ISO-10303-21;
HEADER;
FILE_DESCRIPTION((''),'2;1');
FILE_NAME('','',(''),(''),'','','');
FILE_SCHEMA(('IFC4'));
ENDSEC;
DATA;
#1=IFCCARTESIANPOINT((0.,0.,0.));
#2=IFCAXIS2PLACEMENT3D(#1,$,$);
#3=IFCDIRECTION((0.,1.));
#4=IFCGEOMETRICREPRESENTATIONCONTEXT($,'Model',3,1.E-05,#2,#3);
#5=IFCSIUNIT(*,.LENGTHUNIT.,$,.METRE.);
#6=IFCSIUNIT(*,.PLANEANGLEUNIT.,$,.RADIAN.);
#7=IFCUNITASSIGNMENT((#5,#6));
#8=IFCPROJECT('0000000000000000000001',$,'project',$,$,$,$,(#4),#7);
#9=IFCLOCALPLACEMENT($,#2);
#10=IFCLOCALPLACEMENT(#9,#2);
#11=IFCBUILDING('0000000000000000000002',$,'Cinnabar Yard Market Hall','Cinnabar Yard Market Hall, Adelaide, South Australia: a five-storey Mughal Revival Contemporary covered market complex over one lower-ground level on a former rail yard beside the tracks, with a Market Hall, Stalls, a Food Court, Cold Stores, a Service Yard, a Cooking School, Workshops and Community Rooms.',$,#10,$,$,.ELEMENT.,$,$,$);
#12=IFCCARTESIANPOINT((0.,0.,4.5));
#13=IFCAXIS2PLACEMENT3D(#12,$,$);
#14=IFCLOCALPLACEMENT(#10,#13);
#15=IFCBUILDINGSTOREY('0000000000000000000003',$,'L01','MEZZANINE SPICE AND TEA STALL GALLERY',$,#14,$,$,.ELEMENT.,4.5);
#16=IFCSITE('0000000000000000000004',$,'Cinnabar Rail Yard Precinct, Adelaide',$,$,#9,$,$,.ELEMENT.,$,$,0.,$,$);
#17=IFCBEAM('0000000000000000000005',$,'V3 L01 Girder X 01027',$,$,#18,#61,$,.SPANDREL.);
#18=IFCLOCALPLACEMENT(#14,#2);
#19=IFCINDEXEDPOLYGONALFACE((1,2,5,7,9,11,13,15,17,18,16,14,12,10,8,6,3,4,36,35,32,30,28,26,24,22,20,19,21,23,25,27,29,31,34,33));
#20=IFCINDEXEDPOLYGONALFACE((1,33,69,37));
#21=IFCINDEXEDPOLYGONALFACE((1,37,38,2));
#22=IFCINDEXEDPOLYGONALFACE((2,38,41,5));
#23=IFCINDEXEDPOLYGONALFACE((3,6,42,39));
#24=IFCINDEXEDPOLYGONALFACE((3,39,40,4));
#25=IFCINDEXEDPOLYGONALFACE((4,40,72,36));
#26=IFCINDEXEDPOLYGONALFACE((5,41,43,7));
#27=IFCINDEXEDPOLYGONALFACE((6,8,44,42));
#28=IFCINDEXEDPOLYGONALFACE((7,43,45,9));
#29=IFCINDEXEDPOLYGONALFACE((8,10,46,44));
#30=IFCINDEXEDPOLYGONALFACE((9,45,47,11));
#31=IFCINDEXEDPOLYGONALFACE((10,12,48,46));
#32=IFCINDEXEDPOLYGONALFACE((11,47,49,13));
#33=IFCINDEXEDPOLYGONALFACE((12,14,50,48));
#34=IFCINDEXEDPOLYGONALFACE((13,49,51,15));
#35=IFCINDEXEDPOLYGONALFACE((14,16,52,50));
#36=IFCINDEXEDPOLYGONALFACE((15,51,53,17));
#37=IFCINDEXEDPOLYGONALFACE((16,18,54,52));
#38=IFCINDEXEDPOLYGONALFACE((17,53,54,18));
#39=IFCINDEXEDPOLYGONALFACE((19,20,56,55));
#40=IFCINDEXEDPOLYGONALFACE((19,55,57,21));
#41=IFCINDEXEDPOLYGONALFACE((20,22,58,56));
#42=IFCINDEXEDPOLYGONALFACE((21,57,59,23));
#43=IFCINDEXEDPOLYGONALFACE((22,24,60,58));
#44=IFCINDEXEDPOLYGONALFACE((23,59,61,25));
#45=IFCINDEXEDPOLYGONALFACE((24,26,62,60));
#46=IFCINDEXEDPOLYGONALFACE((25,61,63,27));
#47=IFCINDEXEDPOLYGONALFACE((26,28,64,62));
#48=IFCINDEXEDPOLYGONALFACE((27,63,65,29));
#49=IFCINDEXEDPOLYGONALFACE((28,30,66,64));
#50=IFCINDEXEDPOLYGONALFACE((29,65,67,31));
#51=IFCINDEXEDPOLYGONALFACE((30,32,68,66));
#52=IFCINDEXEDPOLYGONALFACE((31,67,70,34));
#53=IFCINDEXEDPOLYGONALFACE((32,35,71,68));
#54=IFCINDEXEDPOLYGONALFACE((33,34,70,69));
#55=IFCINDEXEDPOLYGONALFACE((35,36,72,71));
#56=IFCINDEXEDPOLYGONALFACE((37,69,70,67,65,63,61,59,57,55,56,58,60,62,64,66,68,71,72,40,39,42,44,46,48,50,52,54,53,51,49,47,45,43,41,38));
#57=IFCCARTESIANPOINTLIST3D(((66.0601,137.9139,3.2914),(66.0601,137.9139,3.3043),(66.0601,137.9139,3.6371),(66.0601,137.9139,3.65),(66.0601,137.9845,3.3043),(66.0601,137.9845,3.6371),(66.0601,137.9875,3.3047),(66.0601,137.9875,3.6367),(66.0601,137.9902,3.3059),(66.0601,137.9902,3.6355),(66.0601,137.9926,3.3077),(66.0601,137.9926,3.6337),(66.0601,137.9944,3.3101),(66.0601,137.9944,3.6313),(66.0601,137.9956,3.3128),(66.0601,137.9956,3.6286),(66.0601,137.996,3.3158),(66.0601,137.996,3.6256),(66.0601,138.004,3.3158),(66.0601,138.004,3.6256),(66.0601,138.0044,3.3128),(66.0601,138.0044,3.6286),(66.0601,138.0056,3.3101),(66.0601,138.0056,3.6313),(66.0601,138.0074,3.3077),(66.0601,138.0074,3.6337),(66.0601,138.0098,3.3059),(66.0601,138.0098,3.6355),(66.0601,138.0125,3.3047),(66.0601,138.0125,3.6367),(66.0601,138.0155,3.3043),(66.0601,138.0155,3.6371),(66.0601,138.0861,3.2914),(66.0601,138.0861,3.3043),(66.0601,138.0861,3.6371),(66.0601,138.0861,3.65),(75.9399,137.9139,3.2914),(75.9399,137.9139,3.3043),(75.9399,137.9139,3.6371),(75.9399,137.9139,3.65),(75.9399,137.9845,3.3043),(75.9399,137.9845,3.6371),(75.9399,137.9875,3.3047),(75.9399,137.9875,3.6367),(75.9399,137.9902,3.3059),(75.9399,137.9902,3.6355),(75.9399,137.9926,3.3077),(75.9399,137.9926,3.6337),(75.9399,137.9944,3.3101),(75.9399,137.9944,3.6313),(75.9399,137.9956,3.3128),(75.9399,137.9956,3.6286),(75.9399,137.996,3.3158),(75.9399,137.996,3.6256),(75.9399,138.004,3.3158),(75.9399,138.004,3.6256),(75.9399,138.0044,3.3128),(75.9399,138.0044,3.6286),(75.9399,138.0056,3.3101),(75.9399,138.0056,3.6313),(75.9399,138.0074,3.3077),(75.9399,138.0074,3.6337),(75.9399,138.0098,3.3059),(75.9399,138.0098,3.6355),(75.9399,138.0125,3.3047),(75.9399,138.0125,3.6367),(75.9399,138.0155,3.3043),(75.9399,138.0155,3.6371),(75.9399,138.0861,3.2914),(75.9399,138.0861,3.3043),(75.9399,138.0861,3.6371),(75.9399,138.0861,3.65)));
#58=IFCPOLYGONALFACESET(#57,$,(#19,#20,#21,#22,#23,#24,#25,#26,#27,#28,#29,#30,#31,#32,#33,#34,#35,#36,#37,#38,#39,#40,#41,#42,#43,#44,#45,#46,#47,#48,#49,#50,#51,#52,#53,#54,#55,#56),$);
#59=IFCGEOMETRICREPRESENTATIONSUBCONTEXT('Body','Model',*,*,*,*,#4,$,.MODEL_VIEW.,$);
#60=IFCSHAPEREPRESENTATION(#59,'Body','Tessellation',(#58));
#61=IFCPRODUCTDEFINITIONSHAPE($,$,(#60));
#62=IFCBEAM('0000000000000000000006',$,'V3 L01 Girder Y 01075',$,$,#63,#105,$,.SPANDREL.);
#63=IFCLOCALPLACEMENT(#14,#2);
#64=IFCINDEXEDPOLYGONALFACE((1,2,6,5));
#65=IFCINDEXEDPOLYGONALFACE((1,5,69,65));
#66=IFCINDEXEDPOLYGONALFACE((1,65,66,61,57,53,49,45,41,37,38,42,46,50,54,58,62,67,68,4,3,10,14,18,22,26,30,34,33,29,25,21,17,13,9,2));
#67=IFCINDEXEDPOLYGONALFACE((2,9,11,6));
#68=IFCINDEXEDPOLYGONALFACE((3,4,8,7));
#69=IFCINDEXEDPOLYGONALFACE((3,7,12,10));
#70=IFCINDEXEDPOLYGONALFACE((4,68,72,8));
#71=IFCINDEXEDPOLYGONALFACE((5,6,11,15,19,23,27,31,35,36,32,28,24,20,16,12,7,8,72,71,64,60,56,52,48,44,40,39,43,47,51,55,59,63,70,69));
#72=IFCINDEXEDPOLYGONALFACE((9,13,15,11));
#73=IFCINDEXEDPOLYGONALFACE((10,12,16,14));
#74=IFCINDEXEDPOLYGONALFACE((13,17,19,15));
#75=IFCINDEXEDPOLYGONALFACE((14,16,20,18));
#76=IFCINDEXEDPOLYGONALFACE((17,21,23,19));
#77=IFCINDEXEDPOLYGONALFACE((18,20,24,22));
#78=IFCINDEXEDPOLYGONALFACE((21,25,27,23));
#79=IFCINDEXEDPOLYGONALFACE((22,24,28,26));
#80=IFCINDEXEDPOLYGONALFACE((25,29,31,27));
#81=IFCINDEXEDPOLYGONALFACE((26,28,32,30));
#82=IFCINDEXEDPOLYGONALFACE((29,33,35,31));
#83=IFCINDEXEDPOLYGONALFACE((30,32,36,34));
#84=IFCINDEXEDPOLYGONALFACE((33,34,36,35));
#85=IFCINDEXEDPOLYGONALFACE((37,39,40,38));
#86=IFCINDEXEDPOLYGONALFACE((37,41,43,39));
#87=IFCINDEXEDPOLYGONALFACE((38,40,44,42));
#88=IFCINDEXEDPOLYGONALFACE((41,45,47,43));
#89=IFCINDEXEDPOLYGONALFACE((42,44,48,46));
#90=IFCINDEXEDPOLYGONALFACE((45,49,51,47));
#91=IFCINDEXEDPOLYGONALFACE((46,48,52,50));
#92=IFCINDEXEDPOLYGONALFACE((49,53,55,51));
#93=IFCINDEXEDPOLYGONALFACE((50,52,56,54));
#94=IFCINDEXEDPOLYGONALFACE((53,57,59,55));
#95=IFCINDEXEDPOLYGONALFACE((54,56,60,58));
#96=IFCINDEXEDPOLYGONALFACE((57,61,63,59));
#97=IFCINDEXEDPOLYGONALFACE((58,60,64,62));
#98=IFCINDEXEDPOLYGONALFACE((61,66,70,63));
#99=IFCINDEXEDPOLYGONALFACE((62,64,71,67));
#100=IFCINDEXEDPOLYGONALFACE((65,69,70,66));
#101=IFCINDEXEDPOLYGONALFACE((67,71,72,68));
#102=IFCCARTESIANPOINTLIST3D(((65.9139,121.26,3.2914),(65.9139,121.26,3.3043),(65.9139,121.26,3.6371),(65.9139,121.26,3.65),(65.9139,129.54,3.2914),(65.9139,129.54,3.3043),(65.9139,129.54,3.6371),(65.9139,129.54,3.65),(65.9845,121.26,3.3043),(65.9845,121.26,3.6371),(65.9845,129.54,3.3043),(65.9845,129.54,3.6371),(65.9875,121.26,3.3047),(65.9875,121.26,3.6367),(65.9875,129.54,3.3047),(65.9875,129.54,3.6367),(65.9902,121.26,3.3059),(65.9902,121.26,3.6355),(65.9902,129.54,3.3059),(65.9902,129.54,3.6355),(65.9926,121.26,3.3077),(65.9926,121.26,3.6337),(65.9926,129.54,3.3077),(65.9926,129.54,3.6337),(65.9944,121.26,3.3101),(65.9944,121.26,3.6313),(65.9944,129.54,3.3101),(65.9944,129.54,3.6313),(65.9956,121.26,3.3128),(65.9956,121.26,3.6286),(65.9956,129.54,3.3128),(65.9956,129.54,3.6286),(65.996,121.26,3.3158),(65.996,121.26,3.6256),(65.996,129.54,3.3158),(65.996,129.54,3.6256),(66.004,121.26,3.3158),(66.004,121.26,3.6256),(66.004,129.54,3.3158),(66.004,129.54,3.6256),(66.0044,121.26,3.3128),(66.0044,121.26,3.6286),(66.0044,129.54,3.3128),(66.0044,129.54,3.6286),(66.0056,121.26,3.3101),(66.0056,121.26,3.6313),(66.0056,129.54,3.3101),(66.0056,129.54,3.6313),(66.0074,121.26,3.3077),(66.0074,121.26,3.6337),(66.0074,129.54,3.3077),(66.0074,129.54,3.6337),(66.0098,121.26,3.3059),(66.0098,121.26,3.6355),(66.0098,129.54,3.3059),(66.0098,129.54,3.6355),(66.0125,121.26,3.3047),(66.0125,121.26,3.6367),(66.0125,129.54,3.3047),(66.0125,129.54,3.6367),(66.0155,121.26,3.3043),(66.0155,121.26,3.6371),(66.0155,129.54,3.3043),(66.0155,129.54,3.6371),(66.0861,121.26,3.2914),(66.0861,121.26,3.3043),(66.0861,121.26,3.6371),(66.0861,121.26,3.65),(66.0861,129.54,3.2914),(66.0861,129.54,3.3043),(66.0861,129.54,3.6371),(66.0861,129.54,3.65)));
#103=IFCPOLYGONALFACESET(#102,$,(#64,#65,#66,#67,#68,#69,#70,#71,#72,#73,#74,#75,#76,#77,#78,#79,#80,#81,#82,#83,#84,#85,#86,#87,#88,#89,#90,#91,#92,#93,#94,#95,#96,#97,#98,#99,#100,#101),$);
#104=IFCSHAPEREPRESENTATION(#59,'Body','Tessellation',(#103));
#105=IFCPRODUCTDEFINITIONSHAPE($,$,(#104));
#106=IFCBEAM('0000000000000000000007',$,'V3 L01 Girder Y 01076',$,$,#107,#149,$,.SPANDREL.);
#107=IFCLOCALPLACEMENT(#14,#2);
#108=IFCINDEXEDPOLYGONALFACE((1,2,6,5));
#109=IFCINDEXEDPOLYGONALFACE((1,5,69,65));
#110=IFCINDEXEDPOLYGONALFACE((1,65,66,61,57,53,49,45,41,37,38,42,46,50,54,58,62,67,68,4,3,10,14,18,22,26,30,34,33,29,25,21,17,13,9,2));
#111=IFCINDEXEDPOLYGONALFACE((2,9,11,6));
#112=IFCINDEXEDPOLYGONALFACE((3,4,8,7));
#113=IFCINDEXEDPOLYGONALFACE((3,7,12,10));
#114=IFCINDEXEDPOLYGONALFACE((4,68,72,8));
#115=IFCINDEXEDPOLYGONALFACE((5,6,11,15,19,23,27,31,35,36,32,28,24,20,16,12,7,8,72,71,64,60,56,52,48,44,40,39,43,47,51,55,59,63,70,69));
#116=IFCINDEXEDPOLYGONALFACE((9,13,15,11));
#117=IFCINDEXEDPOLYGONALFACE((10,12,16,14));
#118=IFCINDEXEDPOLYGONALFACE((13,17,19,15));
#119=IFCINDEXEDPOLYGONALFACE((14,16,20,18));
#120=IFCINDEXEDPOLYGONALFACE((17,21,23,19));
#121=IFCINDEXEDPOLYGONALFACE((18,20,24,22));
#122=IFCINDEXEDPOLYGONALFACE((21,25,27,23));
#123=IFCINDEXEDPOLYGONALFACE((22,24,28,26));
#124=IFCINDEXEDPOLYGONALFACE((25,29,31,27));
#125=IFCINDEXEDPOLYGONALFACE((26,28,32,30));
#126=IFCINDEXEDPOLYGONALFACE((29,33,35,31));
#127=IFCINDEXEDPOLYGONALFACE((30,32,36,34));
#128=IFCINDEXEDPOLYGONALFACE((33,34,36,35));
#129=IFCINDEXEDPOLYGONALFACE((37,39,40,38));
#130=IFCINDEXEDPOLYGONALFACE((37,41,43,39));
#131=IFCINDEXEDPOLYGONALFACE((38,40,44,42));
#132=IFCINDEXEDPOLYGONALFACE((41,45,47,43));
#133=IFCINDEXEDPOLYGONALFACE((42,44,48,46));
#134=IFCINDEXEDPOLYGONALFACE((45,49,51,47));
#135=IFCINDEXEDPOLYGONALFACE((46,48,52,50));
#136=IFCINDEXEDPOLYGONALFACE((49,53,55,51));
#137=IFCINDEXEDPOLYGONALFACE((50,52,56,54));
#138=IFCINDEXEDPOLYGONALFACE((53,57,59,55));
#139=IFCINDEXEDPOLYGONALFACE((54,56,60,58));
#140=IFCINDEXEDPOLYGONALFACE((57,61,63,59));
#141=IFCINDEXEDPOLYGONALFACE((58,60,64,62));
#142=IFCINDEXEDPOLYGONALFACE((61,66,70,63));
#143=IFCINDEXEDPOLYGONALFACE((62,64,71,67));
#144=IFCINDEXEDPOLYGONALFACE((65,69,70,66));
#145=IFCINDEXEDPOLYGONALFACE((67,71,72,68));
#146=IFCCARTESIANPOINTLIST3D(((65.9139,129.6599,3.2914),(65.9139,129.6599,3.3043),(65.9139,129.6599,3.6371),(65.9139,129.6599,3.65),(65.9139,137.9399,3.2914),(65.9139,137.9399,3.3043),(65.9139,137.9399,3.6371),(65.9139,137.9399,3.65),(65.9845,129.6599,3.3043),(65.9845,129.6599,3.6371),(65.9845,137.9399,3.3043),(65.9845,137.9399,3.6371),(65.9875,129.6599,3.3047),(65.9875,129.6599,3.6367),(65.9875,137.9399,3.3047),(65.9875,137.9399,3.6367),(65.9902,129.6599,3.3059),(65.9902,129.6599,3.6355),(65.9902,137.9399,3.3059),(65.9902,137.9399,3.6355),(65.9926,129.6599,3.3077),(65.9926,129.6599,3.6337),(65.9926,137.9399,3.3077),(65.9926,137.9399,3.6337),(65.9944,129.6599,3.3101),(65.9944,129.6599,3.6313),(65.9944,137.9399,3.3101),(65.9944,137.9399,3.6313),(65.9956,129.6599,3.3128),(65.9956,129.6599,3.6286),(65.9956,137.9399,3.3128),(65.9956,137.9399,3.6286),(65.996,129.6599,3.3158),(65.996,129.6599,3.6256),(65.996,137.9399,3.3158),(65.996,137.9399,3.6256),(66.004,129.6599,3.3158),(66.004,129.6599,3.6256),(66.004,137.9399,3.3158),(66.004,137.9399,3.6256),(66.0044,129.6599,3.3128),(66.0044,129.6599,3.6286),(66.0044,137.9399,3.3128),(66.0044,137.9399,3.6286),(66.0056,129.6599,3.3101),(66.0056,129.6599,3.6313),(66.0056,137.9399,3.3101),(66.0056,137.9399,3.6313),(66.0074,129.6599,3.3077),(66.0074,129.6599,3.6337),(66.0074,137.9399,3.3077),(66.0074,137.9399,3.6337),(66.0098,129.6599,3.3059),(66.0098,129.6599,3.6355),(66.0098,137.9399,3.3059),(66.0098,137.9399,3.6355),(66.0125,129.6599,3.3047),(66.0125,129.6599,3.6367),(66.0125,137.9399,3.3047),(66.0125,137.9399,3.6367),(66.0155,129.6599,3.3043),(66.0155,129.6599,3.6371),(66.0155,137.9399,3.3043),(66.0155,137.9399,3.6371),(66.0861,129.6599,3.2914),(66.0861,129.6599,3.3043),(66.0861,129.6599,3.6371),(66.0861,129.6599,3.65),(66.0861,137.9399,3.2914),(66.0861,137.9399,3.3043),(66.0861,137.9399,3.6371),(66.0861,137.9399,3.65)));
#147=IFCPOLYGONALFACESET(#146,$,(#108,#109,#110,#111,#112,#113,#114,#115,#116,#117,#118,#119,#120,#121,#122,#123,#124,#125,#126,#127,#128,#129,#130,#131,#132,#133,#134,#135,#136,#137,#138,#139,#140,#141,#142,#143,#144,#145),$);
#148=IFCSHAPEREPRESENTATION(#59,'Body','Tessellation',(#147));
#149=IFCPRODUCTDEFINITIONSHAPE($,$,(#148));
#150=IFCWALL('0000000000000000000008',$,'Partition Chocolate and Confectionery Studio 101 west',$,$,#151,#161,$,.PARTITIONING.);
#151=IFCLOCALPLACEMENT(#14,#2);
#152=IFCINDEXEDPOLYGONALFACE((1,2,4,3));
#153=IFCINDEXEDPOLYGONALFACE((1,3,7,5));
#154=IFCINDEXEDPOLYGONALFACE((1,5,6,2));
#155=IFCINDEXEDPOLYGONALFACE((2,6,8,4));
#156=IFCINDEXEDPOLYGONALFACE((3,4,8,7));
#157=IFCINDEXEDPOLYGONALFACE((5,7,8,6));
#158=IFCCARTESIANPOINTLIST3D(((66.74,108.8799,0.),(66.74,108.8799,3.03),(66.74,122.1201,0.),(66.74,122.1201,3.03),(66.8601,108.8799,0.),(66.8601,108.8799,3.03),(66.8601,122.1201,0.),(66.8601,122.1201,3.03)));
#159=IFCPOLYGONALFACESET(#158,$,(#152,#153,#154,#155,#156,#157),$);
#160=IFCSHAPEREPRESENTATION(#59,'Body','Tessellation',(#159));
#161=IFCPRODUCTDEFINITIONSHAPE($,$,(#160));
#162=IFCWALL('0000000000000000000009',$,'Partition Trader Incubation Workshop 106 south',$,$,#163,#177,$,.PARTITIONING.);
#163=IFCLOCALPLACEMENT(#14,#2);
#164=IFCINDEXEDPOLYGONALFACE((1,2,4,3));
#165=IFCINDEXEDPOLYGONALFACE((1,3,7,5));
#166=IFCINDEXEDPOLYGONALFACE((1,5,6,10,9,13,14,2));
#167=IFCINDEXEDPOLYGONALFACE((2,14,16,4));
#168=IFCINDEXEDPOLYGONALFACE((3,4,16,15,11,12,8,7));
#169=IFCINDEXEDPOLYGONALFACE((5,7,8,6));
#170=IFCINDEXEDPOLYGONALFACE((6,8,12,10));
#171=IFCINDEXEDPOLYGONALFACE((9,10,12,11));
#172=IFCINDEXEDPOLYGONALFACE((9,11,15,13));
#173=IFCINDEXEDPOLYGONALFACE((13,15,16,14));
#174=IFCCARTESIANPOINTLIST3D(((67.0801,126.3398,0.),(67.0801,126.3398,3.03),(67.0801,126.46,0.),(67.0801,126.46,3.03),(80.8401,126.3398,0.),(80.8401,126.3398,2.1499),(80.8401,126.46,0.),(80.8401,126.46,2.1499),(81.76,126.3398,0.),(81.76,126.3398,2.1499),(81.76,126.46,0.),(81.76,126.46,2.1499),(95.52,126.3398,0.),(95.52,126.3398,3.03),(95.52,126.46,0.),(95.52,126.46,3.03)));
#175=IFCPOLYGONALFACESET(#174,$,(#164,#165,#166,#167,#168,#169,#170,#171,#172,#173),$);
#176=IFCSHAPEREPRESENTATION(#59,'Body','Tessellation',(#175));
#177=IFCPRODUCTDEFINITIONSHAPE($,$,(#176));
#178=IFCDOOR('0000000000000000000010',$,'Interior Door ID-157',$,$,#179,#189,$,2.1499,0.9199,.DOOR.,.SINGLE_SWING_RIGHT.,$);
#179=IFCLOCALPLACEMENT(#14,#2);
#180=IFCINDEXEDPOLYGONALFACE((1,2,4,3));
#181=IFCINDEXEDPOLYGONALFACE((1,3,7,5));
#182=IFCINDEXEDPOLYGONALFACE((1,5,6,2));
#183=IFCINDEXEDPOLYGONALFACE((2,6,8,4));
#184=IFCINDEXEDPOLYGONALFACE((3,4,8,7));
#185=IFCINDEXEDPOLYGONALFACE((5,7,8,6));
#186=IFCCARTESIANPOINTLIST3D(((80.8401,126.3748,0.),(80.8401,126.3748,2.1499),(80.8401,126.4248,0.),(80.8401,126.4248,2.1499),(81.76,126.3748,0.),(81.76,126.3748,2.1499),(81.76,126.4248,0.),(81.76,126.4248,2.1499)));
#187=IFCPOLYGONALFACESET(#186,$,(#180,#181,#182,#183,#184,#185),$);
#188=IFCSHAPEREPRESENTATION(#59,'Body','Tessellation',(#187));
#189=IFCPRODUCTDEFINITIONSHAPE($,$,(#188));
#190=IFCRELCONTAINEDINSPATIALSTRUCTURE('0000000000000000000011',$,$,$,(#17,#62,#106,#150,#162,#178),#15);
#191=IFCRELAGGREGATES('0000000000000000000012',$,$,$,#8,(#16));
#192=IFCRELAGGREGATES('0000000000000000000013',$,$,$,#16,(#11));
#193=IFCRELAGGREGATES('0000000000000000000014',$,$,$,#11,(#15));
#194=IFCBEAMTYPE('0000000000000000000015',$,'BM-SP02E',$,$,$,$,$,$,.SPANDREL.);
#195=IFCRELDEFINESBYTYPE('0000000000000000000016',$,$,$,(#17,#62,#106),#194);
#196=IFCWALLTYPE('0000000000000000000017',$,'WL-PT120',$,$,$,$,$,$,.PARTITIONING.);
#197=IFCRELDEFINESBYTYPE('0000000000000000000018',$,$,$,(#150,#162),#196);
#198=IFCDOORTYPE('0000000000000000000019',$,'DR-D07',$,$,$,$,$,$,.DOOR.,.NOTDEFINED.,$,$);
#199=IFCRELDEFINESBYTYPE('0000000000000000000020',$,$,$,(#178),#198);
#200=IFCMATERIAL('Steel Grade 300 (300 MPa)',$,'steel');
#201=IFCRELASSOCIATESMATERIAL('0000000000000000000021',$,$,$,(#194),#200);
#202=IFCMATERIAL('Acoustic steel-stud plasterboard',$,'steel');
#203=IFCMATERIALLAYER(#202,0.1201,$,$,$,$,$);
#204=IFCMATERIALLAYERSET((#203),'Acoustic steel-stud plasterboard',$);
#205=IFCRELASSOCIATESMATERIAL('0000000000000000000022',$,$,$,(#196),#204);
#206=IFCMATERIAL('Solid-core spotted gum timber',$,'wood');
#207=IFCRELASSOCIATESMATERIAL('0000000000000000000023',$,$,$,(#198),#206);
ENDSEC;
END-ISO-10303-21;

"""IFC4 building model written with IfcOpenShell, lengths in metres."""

from ifc_helpers import new_model, si_unit, direction, frame, frame_2d, origin, origin_2d_with_axis, place, context, subcontext, project, spatial, rectangle, i_section, extrude, material, layer, layer_set, material_profile, profile_set, type_object, element, fill, save


model = new_model("IFC4")

# Units and contexts
model_context = context("Model", 3, precision=1e-05, world=origin(), true_north=direction((0.0, 1.0)))
body_context = subcontext(model_context, "Body", "Model", "MODEL_VIEW")
ifc_project = project(units=[si_unit("LENGTHUNIT", "METRE"), si_unit("PLANEANGLEUNIT", "RADIAN")], contexts=[model_context])

# Site, building, storey
site_placement = place(None, origin())
site = spatial("IfcSite", under=ifc_project, at=site_placement, Name="Cinnabar Rail Yard Precinct, Adelaide", CompositionType="ELEMENT", RefElevation=0.0)
building_placement = place(site_placement, origin())
building = spatial("IfcBuilding", under=site, at=building_placement, Name="Cinnabar Yard Market Hall", Description="Cinnabar Yard Market Hall, Adelaide, South Australia: a five-storey Mughal Revival Contemporary covered market complex over one lower-ground level on a former rail yard beside the tracks, with a Market Hall, Stalls, a Food Court, Cold Stores, a Service Yard, a Cooking School, Workshops and Community Rooms.", CompositionType="ELEMENT")
storey_placement = place(building_placement, frame((0.0, 0.0, 4.5)))
storey = spatial("IfcBuildingStorey", under=building, at=storey_placement, Name="L01", Description="MEZZANINE SPICE AND TEA STALL GALLERY", CompositionType="ELEMENT", Elevation=4.5)

# Shared definitions
ifc_material_1 = material(Name="Steel Grade 300 (300 MPa)", Category="steel")

# Beams
ifc_material_profile_1 = material_profile(ifc_material_1, i_section(OverallWidth=0.1721, OverallDepth=0.3586, WebThickness=0.0081, FlangeThickness=0.0129, FilletRadius=0.0115, at=origin_2d_with_axis()), Name="360UB56.7")
ifc_profile_set_1 = profile_set([ifc_material_profile_1], Name="Steel Grade 300 (300 MPa)")
beam_type_1 = type_object("IfcBeamType", Name="BM-SP02E", PredefinedType="SPANDREL", material=ifc_profile_set_1)
beam_1_placement = place(storey_placement, frame((66.0601, 138.0, 3.4707), z_axis=(1.0, 0.0, 0.0), x_axis=(0.0, 1.0, 0.0)))
element("IfcBeam", 1, at=beam_1_placement, inside=storey, type_object=beam_type_1, Name="V3 L01 Girder X 01027", PredefinedType="SPANDREL", context=body_context, shape_type="SweptSolid", body=[
    extrude(i_section(OverallWidth=0.1721, OverallDepth=0.3586, WebThickness=0.0081, FlangeThickness=0.0129, FilletRadius=0.0115, at=origin_2d_with_axis()), origin(), (0.0, 0.0, 1.0), 9.8799),
])
for number, where, z_axis, x_axis, name in (
    (2, (66.0, 121.26, 3.4707), (0.0, 1.0, 0.0), (-1.0, 0.0, 0.0), "V3 L01 Girder Y 01075"),
    (3, (66.0, 129.6599, 3.4707), (0.0, 1.0, 0.0), (-1.0, 0.0, 0.0), "V3 L01 Girder Y 01076"),
):
    element("IfcBeam", number, at=place(storey_placement, frame(where, z_axis=z_axis, x_axis=x_axis)), inside=storey, type_object=beam_type_1, Name=name, PredefinedType="SPANDREL", context=body_context, shape_type="SweptSolid", body=[
        extrude(i_section(OverallWidth=0.1721, OverallDepth=0.3586, WebThickness=0.0081, FlangeThickness=0.0129, FilletRadius=0.0115, at=origin_2d_with_axis()), origin(), (0.0, 0.0, 1.0), 8.28),
    ])

# Wall
ifc_material_2 = material(Name="Acoustic steel-stud plasterboard", Category="steel")
ifc_layer_1 = layer(ifc_material_2, 0.1201)
ifc_layer_set_1 = layer_set([ifc_layer_1], Name="Acoustic steel-stud plasterboard")
wall_type_1 = type_object("IfcWallType", Name="WL-PT120", PredefinedType="PARTITIONING", material=ifc_layer_set_1)
wall_1_placement = place(storey_placement, frame((66.8, 122.1201, 0.0), z_axis=(0.0, 0.0, 1.0), x_axis=(0.0, -1.0, 0.0)))
element("IfcWall", 4, at=wall_1_placement, inside=storey, type_object=wall_type_1, Name="Partition Chocolate and Confectionery Studio 101 west", PredefinedType="PARTITIONING", context=body_context, shape_type="SweptSolid", body=[
    extrude(rectangle(XDim=13.2402, YDim=0.1201, at=frame_2d((6.6201, 0.0), x_axis=(1.0, 0.0))), origin(), (0.0, 0.0, 1.0), 3.03),
])

# Wall, opening, door
wall_2_placement = place(storey_placement, frame((67.0801, 126.3999, 0.0), z_axis=(0.0, 0.0, 1.0), x_axis=(1.0, 0.0, 0.0)))
wall_2 = element("IfcWall", 5, at=wall_2_placement, inside=storey, type_object=wall_type_1, Name="Partition Trader Incubation Workshop 106 south", PredefinedType="PARTITIONING", context=body_context, shape_type="SweptSolid", body=[
    extrude(rectangle(XDim=28.4399, YDim=0.1201, at=frame_2d((14.22, 0.0), x_axis=(1.0, 0.0))), origin(), (0.0, 0.0, 1.0), 3.03),
])
opening_1_placement = place(wall_2_placement, frame((13.76, 0.0, 0.0)))
opening_1 = element("IfcOpeningElement", 6, at=opening_1_placement, cuts=wall_2, PredefinedType="OPENING", context=body_context, shape_type="SweptSolid", body=[
    extrude(rectangle(XDim=0.9199, YDim=2.1499, at=frame_2d((0.46, 1.075), x_axis=(1.0, 0.0))), frame((0.0, 0.0701, 0.0), z_axis=(0.0, -1.0, 0.0), x_axis=(1.0, 0.0, 0.0)), (0.0, 0.0, 1.0), 0.1401),
])
ifc_material_3 = material(Name="Solid-core spotted gum timber", Category="wood")
door_type = type_object("IfcDoorType", Name="DR-D07", OperationType="NOTDEFINED", PredefinedType="DOOR", material=ifc_material_3)
door_placement = place(opening_1_placement, origin())
door = element("IfcDoor", 7, at=door_placement, inside=storey, type_object=door_type, Name="Interior Door ID-157", OperationType="SINGLE_SWING_RIGHT", OverallHeight=2.1499, OverallWidth=0.9199, PredefinedType="DOOR", context=body_context, shape_type="SweptSolid", body=[
    extrude(rectangle(XDim=0.9199, YDim=2.1499, at=frame_2d((0.46, 1.075), x_axis=(1.0, 0.0))), frame((0.0, 0.0249, 0.0), z_axis=(0.0, -1.0, 0.0), x_axis=(1.0, 0.0, 0.0)), (0.0, 0.0, 1.0), 0.05),
])
fill(opening_1, door)

save(model, "model.ifc")
